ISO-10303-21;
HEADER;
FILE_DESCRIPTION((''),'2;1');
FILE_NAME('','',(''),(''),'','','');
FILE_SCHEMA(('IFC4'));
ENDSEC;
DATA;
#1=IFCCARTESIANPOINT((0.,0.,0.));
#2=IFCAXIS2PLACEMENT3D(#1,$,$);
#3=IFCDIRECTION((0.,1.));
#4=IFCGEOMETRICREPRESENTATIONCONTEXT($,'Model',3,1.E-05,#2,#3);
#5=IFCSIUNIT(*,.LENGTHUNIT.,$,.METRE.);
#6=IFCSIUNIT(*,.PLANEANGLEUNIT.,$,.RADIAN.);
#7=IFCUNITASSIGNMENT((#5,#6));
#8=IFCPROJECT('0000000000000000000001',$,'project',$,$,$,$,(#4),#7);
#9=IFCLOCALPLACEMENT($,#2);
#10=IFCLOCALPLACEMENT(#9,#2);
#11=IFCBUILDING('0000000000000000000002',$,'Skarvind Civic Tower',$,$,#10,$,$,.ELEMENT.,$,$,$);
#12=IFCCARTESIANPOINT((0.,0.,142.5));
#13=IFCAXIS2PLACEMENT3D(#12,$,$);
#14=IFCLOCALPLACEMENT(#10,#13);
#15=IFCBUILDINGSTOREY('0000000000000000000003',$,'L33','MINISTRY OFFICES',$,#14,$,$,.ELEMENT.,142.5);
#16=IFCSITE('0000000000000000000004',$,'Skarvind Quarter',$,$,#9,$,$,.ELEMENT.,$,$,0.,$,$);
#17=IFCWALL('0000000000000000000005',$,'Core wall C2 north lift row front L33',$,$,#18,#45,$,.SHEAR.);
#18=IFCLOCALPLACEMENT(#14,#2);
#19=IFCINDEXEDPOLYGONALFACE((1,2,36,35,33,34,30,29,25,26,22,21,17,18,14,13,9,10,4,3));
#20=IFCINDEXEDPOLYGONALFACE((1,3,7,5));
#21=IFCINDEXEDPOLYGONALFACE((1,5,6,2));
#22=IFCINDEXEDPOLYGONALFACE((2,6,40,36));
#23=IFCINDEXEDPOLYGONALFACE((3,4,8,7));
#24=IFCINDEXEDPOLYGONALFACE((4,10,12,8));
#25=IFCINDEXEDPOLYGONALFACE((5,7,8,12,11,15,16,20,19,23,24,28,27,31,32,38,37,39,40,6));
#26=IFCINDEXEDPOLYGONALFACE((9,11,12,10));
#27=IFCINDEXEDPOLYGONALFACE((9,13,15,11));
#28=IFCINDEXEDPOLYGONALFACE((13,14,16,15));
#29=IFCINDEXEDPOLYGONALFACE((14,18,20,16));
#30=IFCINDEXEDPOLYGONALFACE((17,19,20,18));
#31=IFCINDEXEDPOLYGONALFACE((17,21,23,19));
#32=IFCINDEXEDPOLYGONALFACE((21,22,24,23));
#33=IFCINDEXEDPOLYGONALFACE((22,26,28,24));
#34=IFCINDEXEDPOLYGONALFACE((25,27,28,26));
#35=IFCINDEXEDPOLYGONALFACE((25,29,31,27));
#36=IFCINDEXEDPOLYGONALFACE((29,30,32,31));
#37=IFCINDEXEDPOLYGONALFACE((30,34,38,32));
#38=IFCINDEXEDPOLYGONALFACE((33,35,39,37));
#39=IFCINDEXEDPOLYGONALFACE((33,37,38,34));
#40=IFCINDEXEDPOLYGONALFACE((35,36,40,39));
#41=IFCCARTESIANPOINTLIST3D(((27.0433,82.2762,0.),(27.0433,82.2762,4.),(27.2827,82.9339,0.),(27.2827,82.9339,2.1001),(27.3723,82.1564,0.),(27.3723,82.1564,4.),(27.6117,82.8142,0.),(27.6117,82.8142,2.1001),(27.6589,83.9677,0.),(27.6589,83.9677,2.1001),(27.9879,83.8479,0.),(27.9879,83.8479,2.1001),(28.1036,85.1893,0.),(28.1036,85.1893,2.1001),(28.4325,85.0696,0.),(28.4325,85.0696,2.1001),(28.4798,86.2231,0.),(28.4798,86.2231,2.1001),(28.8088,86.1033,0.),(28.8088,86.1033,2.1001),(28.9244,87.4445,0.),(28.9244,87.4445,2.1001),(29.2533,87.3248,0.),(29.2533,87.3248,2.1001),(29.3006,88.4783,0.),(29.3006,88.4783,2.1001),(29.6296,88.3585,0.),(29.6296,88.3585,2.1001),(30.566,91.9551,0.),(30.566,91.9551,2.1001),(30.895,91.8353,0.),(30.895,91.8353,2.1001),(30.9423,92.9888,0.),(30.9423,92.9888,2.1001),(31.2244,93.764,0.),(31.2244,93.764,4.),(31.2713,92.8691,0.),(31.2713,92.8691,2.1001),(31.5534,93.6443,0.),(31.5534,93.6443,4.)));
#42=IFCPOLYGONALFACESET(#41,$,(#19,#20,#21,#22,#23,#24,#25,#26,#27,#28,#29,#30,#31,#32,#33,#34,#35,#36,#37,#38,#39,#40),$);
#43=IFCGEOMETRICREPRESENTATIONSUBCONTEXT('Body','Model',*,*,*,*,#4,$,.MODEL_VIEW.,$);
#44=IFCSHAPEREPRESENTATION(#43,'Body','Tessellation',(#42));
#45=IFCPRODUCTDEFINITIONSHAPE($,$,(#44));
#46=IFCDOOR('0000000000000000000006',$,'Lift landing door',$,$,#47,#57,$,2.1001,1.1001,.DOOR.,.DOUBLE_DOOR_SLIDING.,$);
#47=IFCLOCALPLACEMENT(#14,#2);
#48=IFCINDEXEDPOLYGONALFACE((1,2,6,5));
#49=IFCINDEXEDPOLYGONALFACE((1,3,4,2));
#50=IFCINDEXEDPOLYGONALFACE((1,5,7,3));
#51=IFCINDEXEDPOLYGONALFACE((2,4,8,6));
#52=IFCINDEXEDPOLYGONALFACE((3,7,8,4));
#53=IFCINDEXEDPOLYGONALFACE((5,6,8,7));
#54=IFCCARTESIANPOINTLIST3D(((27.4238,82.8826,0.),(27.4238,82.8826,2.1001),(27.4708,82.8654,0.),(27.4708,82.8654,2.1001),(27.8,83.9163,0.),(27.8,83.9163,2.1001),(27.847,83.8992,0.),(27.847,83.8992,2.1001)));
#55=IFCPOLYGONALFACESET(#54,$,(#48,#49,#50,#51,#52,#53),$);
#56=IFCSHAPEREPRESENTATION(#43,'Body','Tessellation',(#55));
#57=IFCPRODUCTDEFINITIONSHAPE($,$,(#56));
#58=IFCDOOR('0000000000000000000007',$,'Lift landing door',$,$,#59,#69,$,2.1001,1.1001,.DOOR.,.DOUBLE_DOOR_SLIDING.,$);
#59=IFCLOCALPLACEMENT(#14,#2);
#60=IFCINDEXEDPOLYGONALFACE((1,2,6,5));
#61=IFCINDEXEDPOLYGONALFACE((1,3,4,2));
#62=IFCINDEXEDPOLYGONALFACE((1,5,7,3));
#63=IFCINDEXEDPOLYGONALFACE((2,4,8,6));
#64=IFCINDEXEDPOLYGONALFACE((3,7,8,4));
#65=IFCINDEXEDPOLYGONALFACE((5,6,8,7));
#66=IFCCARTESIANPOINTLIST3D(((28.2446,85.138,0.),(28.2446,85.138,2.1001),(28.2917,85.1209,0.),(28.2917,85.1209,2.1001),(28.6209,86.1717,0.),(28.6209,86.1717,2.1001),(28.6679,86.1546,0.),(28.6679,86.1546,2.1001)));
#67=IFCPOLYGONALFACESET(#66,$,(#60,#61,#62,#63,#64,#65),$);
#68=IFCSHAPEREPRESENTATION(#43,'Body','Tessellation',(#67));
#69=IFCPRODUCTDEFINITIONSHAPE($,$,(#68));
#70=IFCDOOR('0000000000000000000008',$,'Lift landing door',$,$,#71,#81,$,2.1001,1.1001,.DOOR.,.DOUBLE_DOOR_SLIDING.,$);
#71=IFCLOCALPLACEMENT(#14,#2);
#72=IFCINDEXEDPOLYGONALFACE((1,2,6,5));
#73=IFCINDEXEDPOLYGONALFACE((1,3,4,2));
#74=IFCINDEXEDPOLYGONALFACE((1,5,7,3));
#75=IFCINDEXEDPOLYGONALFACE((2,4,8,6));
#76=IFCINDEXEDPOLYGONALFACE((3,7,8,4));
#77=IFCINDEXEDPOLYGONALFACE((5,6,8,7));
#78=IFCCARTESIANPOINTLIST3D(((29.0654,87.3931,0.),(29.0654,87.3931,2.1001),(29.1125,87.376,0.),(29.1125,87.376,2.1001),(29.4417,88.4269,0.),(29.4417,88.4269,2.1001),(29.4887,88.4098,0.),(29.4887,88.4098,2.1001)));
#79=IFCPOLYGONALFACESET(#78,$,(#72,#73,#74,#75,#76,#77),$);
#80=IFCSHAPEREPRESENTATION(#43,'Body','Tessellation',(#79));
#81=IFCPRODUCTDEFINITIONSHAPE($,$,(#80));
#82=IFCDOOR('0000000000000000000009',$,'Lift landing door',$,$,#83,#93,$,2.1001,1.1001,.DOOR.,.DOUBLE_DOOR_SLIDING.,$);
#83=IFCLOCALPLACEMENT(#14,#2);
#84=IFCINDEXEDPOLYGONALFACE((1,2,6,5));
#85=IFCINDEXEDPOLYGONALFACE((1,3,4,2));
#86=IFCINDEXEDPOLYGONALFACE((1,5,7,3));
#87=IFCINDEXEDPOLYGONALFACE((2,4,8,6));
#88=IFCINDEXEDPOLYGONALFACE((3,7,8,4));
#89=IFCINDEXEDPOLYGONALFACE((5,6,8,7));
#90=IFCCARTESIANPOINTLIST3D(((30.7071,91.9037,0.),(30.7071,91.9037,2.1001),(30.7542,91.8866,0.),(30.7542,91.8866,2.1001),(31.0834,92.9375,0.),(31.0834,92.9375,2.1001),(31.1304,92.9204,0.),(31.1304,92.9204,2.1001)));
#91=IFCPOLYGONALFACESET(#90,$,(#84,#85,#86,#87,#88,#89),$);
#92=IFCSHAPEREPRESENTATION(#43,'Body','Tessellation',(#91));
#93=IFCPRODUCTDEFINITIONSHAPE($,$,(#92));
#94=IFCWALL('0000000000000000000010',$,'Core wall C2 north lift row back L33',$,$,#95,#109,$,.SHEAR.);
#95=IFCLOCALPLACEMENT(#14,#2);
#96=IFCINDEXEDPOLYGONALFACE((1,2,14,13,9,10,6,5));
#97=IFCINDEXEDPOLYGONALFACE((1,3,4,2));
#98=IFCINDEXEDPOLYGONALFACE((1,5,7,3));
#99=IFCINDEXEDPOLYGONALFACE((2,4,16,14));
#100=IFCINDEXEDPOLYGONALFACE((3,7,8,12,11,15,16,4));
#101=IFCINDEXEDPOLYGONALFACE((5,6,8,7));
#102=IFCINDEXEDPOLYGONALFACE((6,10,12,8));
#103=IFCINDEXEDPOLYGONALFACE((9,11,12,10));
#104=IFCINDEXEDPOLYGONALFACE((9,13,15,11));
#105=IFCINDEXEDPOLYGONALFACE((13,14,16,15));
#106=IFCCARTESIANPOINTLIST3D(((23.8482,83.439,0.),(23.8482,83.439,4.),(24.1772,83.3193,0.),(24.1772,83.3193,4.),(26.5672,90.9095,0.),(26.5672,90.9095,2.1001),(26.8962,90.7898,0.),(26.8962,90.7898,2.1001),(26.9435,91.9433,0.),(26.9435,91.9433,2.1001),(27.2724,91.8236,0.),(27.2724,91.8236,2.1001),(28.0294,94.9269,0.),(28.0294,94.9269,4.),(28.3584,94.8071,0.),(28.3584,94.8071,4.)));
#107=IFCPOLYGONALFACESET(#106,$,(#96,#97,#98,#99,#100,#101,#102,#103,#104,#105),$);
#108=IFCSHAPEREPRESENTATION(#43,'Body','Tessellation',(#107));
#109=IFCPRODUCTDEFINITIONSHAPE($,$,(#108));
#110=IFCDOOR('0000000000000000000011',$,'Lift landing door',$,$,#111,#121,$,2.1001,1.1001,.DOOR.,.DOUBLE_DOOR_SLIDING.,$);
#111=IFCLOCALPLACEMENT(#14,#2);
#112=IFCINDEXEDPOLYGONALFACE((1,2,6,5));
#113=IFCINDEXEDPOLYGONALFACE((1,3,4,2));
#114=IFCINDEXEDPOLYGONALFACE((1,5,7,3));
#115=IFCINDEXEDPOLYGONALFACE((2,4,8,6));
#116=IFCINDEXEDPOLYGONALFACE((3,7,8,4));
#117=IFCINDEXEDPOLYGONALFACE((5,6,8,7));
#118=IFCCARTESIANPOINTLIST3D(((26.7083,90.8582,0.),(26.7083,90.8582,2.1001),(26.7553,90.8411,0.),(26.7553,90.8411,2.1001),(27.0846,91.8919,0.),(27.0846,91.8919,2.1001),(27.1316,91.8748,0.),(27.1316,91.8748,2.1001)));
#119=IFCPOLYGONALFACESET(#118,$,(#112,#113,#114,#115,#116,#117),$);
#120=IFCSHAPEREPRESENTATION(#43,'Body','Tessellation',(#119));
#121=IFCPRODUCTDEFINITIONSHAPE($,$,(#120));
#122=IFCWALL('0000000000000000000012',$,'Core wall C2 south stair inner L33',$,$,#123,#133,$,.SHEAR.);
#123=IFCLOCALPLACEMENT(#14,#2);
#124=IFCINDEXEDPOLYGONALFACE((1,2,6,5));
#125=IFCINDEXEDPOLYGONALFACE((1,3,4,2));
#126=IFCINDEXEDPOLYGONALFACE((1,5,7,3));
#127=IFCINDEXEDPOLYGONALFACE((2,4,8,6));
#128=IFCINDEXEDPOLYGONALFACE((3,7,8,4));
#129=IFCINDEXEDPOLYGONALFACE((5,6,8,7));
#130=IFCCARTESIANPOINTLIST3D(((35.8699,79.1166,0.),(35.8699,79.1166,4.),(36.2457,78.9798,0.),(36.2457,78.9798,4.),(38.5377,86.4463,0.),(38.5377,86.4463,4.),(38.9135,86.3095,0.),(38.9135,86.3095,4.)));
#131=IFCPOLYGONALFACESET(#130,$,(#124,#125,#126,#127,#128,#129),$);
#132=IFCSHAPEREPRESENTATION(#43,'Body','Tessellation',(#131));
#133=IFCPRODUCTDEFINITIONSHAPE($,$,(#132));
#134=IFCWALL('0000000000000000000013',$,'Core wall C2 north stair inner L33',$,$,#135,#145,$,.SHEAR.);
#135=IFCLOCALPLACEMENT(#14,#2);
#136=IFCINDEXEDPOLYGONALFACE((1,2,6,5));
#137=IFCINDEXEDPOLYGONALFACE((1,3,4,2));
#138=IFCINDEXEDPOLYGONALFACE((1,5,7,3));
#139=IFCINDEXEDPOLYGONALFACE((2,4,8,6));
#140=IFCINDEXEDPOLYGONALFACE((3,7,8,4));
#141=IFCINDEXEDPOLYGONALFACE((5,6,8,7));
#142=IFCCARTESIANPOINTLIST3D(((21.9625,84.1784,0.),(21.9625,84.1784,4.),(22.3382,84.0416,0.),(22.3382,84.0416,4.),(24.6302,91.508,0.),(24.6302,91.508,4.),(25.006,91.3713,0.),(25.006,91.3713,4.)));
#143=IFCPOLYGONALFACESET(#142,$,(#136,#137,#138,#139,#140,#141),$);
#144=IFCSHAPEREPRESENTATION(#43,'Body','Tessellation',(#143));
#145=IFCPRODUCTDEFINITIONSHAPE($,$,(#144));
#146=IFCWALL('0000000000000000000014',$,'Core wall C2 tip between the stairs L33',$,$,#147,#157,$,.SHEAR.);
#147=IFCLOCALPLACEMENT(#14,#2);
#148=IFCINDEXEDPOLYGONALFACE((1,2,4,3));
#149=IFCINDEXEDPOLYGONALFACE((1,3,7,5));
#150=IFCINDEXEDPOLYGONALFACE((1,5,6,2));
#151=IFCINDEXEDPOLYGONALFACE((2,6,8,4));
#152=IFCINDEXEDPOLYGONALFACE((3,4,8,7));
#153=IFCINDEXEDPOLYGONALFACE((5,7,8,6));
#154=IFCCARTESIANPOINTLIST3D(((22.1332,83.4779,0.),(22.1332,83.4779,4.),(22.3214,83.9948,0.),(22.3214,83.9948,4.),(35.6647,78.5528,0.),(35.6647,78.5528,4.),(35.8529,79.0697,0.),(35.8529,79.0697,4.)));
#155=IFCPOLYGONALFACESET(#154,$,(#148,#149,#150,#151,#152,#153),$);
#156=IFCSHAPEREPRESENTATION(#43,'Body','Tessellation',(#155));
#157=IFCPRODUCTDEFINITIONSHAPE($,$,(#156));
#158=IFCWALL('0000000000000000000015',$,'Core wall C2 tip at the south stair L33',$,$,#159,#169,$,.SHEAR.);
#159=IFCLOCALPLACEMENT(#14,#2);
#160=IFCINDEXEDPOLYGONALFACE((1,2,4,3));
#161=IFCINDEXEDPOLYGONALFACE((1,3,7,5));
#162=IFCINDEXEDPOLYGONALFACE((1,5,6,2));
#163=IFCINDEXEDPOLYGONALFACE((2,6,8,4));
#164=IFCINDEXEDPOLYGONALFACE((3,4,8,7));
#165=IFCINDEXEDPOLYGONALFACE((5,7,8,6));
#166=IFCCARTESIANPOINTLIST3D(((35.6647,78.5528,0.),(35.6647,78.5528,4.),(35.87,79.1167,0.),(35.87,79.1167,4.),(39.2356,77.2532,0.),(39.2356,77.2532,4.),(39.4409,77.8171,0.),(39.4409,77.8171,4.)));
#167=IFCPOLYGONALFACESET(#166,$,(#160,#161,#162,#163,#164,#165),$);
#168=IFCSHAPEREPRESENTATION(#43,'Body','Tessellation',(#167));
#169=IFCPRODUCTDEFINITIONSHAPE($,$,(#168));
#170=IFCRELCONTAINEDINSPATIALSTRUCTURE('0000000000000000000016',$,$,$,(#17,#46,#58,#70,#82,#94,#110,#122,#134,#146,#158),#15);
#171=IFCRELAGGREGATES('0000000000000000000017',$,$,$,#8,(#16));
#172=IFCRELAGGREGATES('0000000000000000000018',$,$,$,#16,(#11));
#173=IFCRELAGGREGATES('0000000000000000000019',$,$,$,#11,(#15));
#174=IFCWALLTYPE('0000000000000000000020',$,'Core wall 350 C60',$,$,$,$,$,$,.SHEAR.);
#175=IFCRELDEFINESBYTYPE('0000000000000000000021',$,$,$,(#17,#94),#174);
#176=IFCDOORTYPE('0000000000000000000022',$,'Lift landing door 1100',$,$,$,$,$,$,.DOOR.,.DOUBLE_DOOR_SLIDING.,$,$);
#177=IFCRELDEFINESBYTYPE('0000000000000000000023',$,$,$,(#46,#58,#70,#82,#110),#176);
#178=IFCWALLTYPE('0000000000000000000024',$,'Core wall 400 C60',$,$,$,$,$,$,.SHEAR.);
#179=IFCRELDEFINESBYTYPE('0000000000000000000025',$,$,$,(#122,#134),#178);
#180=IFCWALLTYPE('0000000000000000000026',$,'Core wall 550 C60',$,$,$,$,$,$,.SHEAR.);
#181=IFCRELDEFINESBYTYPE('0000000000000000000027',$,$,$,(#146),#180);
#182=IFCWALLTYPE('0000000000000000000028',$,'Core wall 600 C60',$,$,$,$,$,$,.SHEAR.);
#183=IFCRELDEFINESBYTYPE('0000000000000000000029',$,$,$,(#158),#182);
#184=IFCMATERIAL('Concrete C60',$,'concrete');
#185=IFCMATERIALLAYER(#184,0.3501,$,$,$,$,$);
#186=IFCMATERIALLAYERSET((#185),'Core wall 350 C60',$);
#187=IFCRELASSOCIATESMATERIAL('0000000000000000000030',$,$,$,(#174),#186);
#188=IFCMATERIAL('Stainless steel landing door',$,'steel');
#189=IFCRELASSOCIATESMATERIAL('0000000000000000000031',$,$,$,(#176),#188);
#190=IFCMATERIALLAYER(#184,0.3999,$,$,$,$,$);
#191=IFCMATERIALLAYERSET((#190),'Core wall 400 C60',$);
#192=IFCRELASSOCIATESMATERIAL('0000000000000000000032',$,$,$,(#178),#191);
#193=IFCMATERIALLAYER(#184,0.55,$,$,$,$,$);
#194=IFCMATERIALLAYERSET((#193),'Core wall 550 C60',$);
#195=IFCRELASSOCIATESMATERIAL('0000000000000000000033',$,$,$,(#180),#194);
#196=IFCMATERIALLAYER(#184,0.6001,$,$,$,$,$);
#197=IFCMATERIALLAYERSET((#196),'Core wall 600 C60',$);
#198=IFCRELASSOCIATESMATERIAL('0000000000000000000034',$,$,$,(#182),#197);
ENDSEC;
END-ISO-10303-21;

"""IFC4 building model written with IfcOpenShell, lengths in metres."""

from ifc_helpers import new_model, si_unit, direction, frame, frame_2d, origin, place, context, subcontext, project, spatial, rectangle, extrude, material, layer, layer_set, type_object, element, fill, save


model = new_model("IFC4")

# Units and contexts
model_context = context("Model", 3, precision=1e-05, world=origin(), true_north=direction((0.0, 1.0)))
body_context = subcontext(model_context, "Body", "Model", "MODEL_VIEW")
ifc_project = project(units=[si_unit("LENGTHUNIT", "METRE"), si_unit("PLANEANGLEUNIT", "RADIAN")], contexts=[model_context])

# Site, building, storey
site_placement = place(None, origin())
site = spatial("IfcSite", under=ifc_project, at=site_placement, Name="Skarvind Quarter", CompositionType="ELEMENT", RefElevation=0.0)
building_placement = place(site_placement, origin())
building = spatial("IfcBuilding", under=site, at=building_placement, Name="Skarvind Civic Tower", CompositionType="ELEMENT")
storey_placement = place(building_placement, frame((0.0, 0.0, 142.5)))
storey = spatial("IfcBuildingStorey", under=building, at=storey_placement, Name="L33", Description="MINISTRY OFFICES", CompositionType="ELEMENT", Elevation=142.5)

# Shared definitions
ifc_material_1 = material(Name="Concrete C60", Category="concrete")
ifc_layer_1 = layer(ifc_material_1, 0.3501)
ifc_layer_set_1 = layer_set([ifc_layer_1], Name="Core wall 350 C60")
wall_type_1 = type_object("IfcWallType", Name="Core wall 350 C60", PredefinedType="SHEAR", material=ifc_layer_set_1)

# Wall, openings, doors
wall_1_placement = place(storey_placement, frame((27.2078, 82.2163, 0.0), z_axis=(0.0, 0.0, 1.0), x_axis=(0.342016, 0.939694, 0.0)))
wall_1 = element("IfcWall", 1, at=wall_1_placement, inside=storey, type_object=wall_type_1, Name="Core wall C2 north lift row front L33", PredefinedType="SHEAR", context=body_context, shape_type="SweptSolid", body=[
    extrude(rectangle(XDim=12.2251, YDim=0.3501, at=frame_2d((6.1125, 0.0))), origin(), (0.0, 0.0, 1.0), 4.0),
])
opening_1_placement = place(wall_1_placement, frame((0.7, 0.0, 0.0)))
opening_1 = element("IfcOpeningElement", 2, at=opening_1_placement, cuts=wall_1, PredefinedType="OPENING", context=body_context, shape_type="SweptSolid", body=[
    extrude(rectangle(XDim=1.1001, YDim=2.1001, at=frame_2d((0.55, 1.05))), frame((0.0, 0.1851, 0.0), z_axis=(0.0, -1.0, 0.0), x_axis=(1.0, 0.0, 0.0)), (0.0, 0.0, 1.0), 0.3701),
])
opening_2_placement = place(wall_1_placement, frame((3.1001, 0.0, 0.0)))
opening_2 = element("IfcOpeningElement", 3, at=opening_2_placement, cuts=wall_1, PredefinedType="OPENING", context=body_context, shape_type="SweptSolid", body=[
    extrude(rectangle(XDim=1.1001, YDim=2.1001, at=frame_2d((0.55, 1.05))), frame((0.0, 0.1851, 0.0), z_axis=(0.0, -1.0, 0.0), x_axis=(1.0, 0.0, 0.0)), (0.0, 0.0, 1.0), 0.3701),
])
opening_3_placement = place(wall_1_placement, frame((5.5, 0.0, 0.0)))
opening_3 = element("IfcOpeningElement", 4, at=opening_3_placement, cuts=wall_1, PredefinedType="OPENING", context=body_context, shape_type="SweptSolid", body=[
    extrude(rectangle(XDim=1.1001, YDim=2.1001, at=frame_2d((0.55, 1.05))), frame((0.0, 0.1851, 0.0), z_axis=(0.0, -1.0, 0.0), x_axis=(1.0, 0.0, 0.0)), (0.0, 0.0, 1.0), 0.3701),
])
opening_4_placement = place(wall_1_placement, frame((10.3, 0.0, 0.0)))
opening_4 = element("IfcOpeningElement", 5, at=opening_4_placement, cuts=wall_1, PredefinedType="OPENING", context=body_context, shape_type="SweptSolid", body=[
    extrude(rectangle(XDim=1.1001, YDim=2.1001, at=frame_2d((0.55, 1.05))), frame((0.0, 0.1851, 0.0), z_axis=(0.0, -1.0, 0.0), x_axis=(1.0, 0.0, 0.0)), (0.0, 0.0, 1.0), 0.3701),
])
ifc_material_2 = material(Name="Stainless steel landing door", Category="steel")
door_type_1 = type_object("IfcDoorType", Name="Lift landing door 1100", OperationType="DOUBLE_DOOR_SLIDING", PredefinedType="DOOR", material=ifc_material_2)
door_1_placement = place(opening_1_placement, origin())
door_1 = element("IfcDoor", 6, at=door_1_placement, inside=storey, type_object=door_type_1, Name="Lift landing door", OperationType="DOUBLE_DOOR_SLIDING", OverallHeight=2.1001, OverallWidth=1.1001, PredefinedType="DOOR", context=body_context, shape_type="SweptSolid", body=[
    extrude(rectangle(XDim=1.1001, YDim=2.1001, at=frame_2d((0.55, 1.05))), frame((0.0, 0.0249, 0.0), z_axis=(0.0, -1.0, 0.0), x_axis=(1.0, 0.0, 0.0)), (0.0, 0.0, 1.0), 0.05),
])
fill(opening_1, door_1)
door_2_placement = place(opening_2_placement, origin())
door_2 = element("IfcDoor", 7, at=door_2_placement, inside=storey, type_object=door_type_1, Name="Lift landing door", OperationType="DOUBLE_DOOR_SLIDING", OverallHeight=2.1001, OverallWidth=1.1001, PredefinedType="DOOR", context=body_context, shape_type="SweptSolid", body=[
    extrude(rectangle(XDim=1.1001, YDim=2.1001, at=frame_2d((0.55, 1.05))), frame((0.0, 0.0249, 0.0), z_axis=(0.0, -1.0, 0.0), x_axis=(1.0, 0.0, 0.0)), (0.0, 0.0, 1.0), 0.05),
])
fill(opening_2, door_2)
door_3_placement = place(opening_3_placement, origin())
door_3 = element("IfcDoor", 8, at=door_3_placement, inside=storey, type_object=door_type_1, Name="Lift landing door", OperationType="DOUBLE_DOOR_SLIDING", OverallHeight=2.1001, OverallWidth=1.1001, PredefinedType="DOOR", context=body_context, shape_type="SweptSolid", body=[
    extrude(rectangle(XDim=1.1001, YDim=2.1001, at=frame_2d((0.55, 1.05))), frame((0.0, 0.0249, 0.0), z_axis=(0.0, -1.0, 0.0), x_axis=(1.0, 0.0, 0.0)), (0.0, 0.0, 1.0), 0.05),
])
fill(opening_3, door_3)
door_4_placement = place(opening_4_placement, origin())
door_4 = element("IfcDoor", 9, at=door_4_placement, inside=storey, type_object=door_type_1, Name="Lift landing door", OperationType="DOUBLE_DOOR_SLIDING", OverallHeight=2.1001, OverallWidth=1.1001, PredefinedType="DOOR", context=body_context, shape_type="SweptSolid", body=[
    extrude(rectangle(XDim=1.1001, YDim=2.1001, at=frame_2d((0.55, 1.05))), frame((0.0, 0.0249, 0.0), z_axis=(0.0, -1.0, 0.0), x_axis=(1.0, 0.0, 0.0)), (0.0, 0.0, 1.0), 0.05),
])
fill(opening_4, door_4)

# Wall, opening, door
wall_2_placement = place(storey_placement, frame((24.0127, 83.3792, 0.0), z_axis=(0.0, 0.0, 1.0), x_axis=(0.342016, 0.939694, 0.0)))
wall_2 = element("IfcWall", 10, at=wall_2_placement, inside=storey, type_object=wall_type_1, Name="Core wall C2 north lift row back L33", PredefinedType="SHEAR", context=body_context, shape_type="SweptSolid", body=[
    extrude(rectangle(XDim=12.2251, YDim=0.3501, at=frame_2d((6.1125, 0.0))), origin(), (0.0, 0.0, 1.0), 4.0),
])
opening_5_placement = place(wall_2_placement, frame((7.95, 0.0, 0.0)))
opening_5 = element("IfcOpeningElement", 11, at=opening_5_placement, cuts=wall_2, PredefinedType="OPENING", context=body_context, shape_type="SweptSolid", body=[
    extrude(rectangle(XDim=1.1001, YDim=2.1001, at=frame_2d((0.55, 1.05))), frame((0.0, 0.1851, 0.0), z_axis=(0.0, -1.0, 0.0), x_axis=(1.0, 0.0, 0.0)), (0.0, 0.0, 1.0), 0.3701),
])
door_5_placement = place(opening_5_placement, origin())
door_5 = element("IfcDoor", 12, at=door_5_placement, inside=storey, type_object=door_type_1, Name="Lift landing door", OperationType="DOUBLE_DOOR_SLIDING", OverallHeight=2.1001, OverallWidth=1.1001, PredefinedType="DOOR", context=body_context, shape_type="SweptSolid", body=[
    extrude(rectangle(XDim=1.1001, YDim=2.1001, at=frame_2d((0.55, 1.05))), frame((0.0, 0.0249, 0.0), z_axis=(0.0, -1.0, 0.0), x_axis=(1.0, 0.0, 0.0)), (0.0, 0.0, 1.0), 0.05),
])
fill(opening_5, door_5)

# Walls
ifc_layer_2 = layer(ifc_material_1, 0.3999)
ifc_layer_set_2 = layer_set([ifc_layer_2], Name="Core wall 400 C60")
wall_type_2 = type_object("IfcWallType", Name="Core wall 400 C60", PredefinedType="SHEAR", material=ifc_layer_set_2)
for number, where, z_axis, x_axis, name in (
    (13, (36.0579, 79.0483, 0.0), (0.0, 0.0, 1.0), (0.342017, 0.939694, 0.0), "Core wall C2 south stair inner L33"),
    (14, (22.1504, 84.1101, 0.0), (0.0, 0.0, 1.0), (0.342017, 0.939694, 0.0), "Core wall C2 north stair inner L33"),
):
    element("IfcWall", number, at=place(storey_placement, frame(where, z_axis=z_axis, x_axis=x_axis)), inside=storey, type_object=wall_type_2, Name=name, PredefinedType="SHEAR", context=body_context, shape_type="SweptSolid", body=[
        extrude(rectangle(XDim=7.8, YDim=0.3999, at=frame_2d((3.8999, 0.0))), origin(), (0.0, 0.0, 1.0), 4.0),
    ])
ifc_layer_3 = layer(ifc_material_1, 0.55)
ifc_layer_set_3 = layer_set([ifc_layer_3], Name="Core wall 550 C60")
wall_type_3 = type_object("IfcWallType", Name="Core wall 550 C60", PredefinedType="SHEAR", material=ifc_layer_set_3)
wall_3_placement = place(storey_placement, frame((35.7588, 78.8113, 0.0), z_axis=(0.0, 0.0, 1.0), x_axis=(-0.939693, 0.342019, 0.0)))
element("IfcWall", 15, at=wall_3_placement, inside=storey, type_object=wall_type_3, Name="Core wall C2 tip between the stairs L33", PredefinedType="SHEAR", context=body_context, shape_type="SweptSolid", body=[
    extrude(rectangle(XDim=14.3999, YDim=0.55, at=frame_2d((7.2, 0.0))), origin(), (0.0, 0.0, 1.0), 4.0),
])
ifc_layer_4 = layer(ifc_material_1, 0.6001)
ifc_layer_set_4 = layer_set([ifc_layer_4], Name="Core wall 600 C60")
wall_type_4 = type_object("IfcWallType", Name="Core wall 600 C60", PredefinedType="SHEAR", material=ifc_layer_set_4)
for number, where, z_axis, x_axis, name in (
    (16, (39.3381, 77.5352, 0.0), (0.0, 0.0, 1.0), (-0.939701, 0.341996, 0.0), "Core wall C2 tip at the south stair L33"),
):
    element("IfcWall", number, at=place(storey_placement, frame(where, z_axis=z_axis, x_axis=x_axis)), inside=storey, type_object=wall_type_4, Name=name, PredefinedType="SHEAR", context=body_context, shape_type="SweptSolid", body=[
        extrude(rectangle(XDim=3.8, YDim=0.6001, at=frame_2d((1.8999, 0.0))), origin(), (0.0, 0.0, 1.0), 4.0),
    ])

save(model, "model.ifc")
